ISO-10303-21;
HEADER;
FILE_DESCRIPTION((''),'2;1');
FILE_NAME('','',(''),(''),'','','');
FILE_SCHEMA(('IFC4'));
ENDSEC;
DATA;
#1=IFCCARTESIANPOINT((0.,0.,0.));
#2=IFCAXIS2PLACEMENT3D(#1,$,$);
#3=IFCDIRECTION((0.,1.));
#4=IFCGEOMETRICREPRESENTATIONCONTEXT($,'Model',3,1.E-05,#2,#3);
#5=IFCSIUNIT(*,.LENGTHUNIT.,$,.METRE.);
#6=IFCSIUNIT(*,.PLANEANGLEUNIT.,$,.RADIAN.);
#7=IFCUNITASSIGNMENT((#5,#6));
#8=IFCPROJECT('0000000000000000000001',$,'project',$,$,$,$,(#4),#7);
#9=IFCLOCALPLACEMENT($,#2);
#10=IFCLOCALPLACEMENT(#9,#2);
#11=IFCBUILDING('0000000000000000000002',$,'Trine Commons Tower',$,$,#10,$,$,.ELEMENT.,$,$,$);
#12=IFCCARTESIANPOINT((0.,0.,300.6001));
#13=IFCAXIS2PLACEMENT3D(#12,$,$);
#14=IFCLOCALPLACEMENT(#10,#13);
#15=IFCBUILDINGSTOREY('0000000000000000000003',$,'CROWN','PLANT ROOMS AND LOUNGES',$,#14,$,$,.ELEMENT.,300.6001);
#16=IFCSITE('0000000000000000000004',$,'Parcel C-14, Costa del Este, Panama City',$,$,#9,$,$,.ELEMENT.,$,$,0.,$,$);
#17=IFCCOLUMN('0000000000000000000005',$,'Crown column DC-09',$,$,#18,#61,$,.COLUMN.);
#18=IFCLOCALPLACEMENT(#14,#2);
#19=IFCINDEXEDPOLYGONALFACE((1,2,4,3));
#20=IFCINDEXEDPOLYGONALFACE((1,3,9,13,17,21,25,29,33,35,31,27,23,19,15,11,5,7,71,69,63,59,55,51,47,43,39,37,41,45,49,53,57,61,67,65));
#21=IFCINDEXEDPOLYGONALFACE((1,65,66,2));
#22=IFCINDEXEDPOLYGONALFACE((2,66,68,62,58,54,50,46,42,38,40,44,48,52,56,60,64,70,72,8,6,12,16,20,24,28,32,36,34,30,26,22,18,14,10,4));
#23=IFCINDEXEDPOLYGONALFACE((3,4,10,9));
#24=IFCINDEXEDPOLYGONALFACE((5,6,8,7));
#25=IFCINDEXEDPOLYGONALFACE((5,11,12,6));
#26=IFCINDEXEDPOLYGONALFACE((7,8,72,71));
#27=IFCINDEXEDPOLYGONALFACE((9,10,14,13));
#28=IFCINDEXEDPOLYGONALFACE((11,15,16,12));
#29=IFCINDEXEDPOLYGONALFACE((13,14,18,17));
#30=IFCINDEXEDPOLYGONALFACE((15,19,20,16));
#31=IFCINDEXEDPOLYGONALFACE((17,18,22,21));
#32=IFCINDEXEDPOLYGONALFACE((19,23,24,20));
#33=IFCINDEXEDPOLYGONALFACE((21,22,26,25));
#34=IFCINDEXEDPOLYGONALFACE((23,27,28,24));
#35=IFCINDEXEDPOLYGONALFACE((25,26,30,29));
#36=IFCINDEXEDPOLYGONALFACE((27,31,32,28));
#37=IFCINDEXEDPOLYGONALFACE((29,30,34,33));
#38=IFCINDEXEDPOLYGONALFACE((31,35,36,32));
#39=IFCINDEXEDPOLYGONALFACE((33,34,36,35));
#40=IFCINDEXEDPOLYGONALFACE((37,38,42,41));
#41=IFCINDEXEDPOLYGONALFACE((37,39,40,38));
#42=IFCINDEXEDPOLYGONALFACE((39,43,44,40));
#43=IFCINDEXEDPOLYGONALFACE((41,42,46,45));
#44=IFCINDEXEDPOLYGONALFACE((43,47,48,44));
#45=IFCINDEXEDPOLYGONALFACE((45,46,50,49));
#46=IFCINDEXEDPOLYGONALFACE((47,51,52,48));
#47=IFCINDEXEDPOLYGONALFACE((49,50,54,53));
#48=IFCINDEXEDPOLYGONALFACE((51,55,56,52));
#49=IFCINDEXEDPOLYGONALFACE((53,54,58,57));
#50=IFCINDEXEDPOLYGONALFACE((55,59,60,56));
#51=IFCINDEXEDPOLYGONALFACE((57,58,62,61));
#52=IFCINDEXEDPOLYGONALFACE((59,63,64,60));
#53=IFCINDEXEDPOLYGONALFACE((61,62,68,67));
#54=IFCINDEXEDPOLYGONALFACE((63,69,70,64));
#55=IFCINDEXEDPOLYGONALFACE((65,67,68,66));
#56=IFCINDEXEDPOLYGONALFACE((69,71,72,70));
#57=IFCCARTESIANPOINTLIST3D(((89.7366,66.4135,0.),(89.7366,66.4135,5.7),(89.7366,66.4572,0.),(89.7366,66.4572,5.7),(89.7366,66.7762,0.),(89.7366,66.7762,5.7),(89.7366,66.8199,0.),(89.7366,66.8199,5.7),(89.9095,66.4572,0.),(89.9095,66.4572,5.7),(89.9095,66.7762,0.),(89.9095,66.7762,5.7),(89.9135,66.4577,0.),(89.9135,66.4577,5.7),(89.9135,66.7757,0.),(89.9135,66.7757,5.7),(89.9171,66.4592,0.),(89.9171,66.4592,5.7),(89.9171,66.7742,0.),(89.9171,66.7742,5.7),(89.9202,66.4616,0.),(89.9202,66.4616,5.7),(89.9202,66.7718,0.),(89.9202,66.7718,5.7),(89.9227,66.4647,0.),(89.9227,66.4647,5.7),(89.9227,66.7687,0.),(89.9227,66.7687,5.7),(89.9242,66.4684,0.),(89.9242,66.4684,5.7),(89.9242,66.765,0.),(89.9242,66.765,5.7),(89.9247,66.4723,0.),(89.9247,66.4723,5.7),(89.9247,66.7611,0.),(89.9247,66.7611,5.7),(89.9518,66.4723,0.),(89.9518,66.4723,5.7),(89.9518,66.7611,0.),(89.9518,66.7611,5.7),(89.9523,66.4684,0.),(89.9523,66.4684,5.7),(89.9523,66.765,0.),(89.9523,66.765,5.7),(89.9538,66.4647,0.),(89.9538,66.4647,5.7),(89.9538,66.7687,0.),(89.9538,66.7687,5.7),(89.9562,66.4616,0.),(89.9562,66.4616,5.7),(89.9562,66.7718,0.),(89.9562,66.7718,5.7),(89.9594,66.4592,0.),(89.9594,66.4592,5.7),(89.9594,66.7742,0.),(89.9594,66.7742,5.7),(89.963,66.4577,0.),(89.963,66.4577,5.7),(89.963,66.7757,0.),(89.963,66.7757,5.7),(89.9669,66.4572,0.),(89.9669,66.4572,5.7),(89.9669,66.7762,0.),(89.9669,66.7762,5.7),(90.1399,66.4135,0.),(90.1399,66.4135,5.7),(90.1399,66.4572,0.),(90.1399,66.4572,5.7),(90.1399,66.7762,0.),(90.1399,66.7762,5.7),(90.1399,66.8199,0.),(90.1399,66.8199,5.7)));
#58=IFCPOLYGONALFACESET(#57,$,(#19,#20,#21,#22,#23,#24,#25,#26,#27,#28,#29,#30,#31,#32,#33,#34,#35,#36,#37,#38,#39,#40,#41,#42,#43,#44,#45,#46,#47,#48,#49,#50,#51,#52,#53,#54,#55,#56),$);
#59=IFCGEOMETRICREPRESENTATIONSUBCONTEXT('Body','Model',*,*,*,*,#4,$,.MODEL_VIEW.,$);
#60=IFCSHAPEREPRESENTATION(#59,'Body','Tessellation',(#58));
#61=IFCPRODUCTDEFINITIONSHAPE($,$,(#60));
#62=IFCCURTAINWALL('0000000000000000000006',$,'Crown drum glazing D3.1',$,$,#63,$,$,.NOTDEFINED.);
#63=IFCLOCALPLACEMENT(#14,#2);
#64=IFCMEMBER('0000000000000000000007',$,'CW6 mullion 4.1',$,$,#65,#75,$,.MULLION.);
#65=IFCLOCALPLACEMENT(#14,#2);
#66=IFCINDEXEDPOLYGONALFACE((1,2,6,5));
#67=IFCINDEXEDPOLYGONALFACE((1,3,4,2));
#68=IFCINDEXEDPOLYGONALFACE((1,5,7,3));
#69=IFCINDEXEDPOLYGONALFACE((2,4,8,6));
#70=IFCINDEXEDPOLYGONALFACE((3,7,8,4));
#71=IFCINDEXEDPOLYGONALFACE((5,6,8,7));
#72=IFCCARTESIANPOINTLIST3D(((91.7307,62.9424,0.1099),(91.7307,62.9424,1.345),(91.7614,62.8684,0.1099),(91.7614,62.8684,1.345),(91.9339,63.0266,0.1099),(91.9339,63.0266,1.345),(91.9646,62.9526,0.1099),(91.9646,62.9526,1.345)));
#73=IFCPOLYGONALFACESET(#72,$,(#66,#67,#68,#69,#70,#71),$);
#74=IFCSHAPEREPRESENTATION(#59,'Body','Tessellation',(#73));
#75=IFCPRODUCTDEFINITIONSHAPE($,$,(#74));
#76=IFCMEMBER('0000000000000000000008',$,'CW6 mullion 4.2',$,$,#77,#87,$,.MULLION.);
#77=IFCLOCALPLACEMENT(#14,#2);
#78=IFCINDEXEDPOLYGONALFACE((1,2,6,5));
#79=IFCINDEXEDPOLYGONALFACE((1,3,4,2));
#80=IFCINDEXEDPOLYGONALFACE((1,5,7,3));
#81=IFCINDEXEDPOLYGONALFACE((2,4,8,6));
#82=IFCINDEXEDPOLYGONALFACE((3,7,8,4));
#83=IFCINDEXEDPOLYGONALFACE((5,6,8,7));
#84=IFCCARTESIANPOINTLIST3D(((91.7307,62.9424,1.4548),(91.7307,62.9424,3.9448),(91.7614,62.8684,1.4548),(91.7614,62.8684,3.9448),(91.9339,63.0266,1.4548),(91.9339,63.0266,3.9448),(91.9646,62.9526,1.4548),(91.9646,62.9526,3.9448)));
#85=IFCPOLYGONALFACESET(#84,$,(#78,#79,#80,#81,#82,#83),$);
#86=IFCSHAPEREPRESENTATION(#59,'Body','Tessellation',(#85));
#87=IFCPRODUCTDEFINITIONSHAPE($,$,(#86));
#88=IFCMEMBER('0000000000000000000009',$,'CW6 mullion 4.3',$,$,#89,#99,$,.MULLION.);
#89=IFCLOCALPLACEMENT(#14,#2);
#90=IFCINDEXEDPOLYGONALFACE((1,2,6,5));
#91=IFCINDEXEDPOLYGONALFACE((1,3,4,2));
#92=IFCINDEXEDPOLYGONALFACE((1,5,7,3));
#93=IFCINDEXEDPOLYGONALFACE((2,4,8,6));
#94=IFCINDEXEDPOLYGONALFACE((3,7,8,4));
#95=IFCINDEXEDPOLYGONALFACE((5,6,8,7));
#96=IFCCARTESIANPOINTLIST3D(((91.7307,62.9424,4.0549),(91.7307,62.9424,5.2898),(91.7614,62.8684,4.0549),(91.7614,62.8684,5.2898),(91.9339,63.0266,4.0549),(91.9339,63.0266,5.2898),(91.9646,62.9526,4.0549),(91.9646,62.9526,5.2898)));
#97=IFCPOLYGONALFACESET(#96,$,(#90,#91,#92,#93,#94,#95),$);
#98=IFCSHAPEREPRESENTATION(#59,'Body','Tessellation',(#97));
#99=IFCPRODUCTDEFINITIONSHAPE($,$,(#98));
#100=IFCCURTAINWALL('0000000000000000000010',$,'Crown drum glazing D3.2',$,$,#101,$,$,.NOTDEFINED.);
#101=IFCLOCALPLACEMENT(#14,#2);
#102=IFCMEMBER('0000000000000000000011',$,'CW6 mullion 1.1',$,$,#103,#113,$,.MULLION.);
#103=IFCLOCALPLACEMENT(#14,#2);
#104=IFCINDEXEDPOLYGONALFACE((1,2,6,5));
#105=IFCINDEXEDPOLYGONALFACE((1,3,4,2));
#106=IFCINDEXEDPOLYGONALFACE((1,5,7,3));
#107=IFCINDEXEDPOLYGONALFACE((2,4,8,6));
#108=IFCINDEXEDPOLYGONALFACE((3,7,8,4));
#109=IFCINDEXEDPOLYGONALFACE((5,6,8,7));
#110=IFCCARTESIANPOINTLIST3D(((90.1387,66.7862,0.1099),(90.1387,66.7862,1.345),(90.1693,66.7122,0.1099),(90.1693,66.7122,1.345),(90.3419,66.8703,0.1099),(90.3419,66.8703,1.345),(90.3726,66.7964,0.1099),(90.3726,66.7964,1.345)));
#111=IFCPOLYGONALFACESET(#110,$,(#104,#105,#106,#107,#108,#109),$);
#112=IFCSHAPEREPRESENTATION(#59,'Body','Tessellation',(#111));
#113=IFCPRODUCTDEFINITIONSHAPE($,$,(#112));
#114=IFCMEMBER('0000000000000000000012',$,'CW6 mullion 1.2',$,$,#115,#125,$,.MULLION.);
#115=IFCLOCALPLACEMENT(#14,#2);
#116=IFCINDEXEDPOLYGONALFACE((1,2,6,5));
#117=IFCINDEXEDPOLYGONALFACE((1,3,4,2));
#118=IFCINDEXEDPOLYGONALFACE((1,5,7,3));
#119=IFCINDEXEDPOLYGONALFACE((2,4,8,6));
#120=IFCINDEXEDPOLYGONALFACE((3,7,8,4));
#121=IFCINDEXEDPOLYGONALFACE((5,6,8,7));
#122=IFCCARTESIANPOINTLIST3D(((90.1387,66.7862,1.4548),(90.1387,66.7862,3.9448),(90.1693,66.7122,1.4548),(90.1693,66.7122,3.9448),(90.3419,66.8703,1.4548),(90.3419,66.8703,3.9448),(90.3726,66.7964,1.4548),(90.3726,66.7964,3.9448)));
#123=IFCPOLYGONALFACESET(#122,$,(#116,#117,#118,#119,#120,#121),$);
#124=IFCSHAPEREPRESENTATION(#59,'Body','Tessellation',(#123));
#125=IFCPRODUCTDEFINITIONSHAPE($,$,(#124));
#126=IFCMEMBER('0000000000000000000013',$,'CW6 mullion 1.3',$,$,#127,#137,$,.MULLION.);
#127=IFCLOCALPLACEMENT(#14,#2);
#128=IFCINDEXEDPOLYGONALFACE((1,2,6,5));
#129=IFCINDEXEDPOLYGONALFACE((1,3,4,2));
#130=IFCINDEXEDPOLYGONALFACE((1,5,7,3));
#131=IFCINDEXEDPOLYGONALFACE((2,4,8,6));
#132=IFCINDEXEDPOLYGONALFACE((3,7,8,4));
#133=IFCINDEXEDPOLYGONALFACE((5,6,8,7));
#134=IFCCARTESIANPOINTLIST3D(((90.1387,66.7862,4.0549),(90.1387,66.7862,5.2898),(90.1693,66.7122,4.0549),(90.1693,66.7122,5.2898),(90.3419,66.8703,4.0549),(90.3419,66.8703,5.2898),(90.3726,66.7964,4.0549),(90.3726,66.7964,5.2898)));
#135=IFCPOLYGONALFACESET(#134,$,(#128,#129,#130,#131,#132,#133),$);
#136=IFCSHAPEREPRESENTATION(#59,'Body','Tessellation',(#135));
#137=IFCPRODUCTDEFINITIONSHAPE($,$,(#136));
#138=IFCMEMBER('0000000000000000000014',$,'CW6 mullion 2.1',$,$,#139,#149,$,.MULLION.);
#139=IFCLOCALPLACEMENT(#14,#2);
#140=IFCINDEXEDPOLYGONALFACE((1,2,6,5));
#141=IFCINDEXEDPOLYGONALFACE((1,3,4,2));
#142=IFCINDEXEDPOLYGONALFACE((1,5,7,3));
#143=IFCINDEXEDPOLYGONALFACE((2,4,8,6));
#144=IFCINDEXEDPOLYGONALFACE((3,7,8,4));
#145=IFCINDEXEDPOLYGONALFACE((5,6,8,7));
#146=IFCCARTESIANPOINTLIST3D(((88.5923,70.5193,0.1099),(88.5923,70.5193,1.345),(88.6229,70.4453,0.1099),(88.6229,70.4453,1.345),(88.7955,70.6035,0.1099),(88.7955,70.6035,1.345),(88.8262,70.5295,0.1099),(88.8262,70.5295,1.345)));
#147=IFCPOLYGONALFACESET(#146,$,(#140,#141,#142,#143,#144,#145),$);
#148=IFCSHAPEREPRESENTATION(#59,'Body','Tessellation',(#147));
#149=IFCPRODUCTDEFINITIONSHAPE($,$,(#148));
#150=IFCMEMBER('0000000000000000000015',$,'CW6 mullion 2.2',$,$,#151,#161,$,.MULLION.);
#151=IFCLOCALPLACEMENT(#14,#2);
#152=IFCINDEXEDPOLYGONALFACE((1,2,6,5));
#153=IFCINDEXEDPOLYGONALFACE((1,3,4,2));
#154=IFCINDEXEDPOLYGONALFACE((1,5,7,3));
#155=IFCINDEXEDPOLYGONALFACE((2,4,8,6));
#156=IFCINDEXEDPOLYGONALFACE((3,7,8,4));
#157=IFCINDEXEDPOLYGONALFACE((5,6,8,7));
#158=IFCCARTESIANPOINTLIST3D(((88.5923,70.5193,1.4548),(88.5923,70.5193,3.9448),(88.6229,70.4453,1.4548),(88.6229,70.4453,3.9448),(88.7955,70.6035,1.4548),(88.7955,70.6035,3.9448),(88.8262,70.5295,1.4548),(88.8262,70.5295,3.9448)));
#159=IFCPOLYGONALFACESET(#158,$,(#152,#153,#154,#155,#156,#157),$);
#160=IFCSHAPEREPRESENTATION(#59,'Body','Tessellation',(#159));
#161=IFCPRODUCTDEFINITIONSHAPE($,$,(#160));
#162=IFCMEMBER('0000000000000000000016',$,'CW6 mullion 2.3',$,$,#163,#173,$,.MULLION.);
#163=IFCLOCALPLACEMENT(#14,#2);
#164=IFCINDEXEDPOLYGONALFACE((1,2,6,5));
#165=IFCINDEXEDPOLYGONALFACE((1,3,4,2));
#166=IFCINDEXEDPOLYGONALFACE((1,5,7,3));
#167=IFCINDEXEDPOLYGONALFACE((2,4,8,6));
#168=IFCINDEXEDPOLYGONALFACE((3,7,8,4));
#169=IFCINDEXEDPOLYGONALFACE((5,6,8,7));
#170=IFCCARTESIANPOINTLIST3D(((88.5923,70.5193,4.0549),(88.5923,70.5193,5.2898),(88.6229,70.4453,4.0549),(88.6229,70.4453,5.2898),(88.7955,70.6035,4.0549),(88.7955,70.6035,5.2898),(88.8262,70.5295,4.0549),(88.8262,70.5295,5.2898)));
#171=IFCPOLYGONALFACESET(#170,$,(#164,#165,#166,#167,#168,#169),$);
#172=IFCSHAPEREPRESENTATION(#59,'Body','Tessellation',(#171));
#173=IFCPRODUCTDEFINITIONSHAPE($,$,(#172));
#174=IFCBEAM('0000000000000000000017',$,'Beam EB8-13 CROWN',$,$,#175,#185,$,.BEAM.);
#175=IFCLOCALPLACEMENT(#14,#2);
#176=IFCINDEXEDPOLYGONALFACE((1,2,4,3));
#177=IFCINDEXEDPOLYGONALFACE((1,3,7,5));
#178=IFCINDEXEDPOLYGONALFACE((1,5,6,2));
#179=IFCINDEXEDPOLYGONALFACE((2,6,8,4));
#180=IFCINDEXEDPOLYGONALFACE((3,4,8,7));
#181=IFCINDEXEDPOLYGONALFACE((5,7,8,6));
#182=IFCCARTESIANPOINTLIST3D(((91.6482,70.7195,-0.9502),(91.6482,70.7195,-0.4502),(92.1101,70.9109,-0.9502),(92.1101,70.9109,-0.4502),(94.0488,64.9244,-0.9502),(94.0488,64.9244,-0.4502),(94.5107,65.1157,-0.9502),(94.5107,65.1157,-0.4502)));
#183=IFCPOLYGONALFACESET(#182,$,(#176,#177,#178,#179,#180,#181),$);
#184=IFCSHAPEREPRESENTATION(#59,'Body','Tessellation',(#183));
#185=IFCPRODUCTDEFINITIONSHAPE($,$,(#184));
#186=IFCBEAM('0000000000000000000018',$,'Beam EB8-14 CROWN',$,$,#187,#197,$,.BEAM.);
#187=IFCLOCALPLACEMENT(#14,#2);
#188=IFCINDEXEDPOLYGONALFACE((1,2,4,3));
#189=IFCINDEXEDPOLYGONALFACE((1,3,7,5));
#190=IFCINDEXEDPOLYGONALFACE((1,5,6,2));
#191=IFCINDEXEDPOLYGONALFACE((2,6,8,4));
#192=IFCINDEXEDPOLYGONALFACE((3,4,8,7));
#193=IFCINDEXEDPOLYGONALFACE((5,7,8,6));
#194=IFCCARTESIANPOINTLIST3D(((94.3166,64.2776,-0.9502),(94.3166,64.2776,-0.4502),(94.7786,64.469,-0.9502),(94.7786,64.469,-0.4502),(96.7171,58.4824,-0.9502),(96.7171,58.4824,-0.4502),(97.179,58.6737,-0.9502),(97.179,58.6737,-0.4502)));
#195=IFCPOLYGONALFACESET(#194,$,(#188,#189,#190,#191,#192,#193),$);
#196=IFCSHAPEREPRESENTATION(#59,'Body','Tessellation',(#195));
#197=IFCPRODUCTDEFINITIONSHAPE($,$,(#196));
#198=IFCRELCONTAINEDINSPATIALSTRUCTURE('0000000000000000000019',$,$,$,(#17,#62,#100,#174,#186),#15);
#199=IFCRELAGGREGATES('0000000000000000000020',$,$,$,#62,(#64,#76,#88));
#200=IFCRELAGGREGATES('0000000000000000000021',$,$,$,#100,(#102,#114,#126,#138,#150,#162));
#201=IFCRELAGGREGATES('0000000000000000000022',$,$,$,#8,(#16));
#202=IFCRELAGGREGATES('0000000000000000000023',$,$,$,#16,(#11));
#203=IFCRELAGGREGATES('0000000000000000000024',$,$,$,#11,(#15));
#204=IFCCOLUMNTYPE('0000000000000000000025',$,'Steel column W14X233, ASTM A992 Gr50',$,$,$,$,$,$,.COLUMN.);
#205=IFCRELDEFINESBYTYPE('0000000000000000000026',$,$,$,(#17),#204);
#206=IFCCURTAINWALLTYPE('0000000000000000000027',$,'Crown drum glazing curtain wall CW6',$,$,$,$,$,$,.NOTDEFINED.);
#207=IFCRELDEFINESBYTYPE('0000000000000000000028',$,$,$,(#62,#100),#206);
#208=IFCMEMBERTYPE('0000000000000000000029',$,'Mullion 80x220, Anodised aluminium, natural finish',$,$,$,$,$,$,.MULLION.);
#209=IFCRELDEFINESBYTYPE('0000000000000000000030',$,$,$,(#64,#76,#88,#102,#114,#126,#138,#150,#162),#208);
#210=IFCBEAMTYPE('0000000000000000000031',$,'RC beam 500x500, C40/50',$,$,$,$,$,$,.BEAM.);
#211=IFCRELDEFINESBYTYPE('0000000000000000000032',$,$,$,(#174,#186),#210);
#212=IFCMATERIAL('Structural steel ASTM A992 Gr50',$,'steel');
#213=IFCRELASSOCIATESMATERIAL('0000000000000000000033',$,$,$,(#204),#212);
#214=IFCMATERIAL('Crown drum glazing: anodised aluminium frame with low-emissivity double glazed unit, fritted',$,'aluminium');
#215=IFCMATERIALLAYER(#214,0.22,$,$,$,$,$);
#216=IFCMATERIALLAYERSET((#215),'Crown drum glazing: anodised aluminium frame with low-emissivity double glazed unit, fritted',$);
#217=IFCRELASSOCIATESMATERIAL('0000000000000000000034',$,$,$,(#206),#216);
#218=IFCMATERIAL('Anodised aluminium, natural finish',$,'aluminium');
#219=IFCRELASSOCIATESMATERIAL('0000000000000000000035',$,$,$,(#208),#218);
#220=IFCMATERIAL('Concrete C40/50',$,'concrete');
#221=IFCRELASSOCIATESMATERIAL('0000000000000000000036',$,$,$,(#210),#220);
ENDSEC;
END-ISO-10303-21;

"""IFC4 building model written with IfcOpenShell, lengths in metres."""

from ifc_helpers import new_model, si_unit, direction, frame, origin, origin_2d, place, context, subcontext, project, spatial, rectangle, i_section, extrude, material, layer, layer_set, material_profile, profile_set, type_object, element, aggregate, save


model = new_model("IFC4")

# Units and contexts
model_context = context("Model", 3, precision=1e-05, world=origin(), true_north=direction((0.0, 1.0)))
body_context = subcontext(model_context, "Body", "Model", "MODEL_VIEW")
ifc_project = project(units=[si_unit("LENGTHUNIT", "METRE"), si_unit("PLANEANGLEUNIT", "RADIAN")], contexts=[model_context])

# Site, building, storey
site_placement = place(None, origin())
site = spatial("IfcSite", under=ifc_project, at=site_placement, Name="Parcel C-14, Costa del Este, Panama City", CompositionType="ELEMENT", RefElevation=0.0)
building_placement = place(site_placement, origin())
building = spatial("IfcBuilding", under=site, at=building_placement, Name="Trine Commons Tower", CompositionType="ELEMENT")
storey_placement = place(building_placement, frame((0.0, 0.0, 300.6001)))
storey = spatial("IfcBuildingStorey", under=building, at=storey_placement, Name="CROWN", Description="PLANT ROOMS AND LOUNGES", CompositionType="ELEMENT", Elevation=300.6001)

# Column
ifc_material_1 = material(Name="Structural steel ASTM A992 Gr50", Category="steel")
ifc_material_profile_1 = material_profile(ifc_material_1, i_section(OverallWidth=0.4033, OverallDepth=0.4065, WebThickness=0.0271, FlangeThickness=0.0437, FilletRadius=0.0151, at=origin_2d()), Name="W14X233")
ifc_profile_set_1 = profile_set([ifc_material_profile_1], Name="Structural steel ASTM A992 Gr50")
column_type = type_object("IfcColumnType", Name="Steel column W14X233, ASTM A992 Gr50", PredefinedType="COLUMN", material=ifc_profile_set_1)
column_placement = place(storey_placement, frame((89.9382, 66.6167, 0.0), z_axis=(0.0, 0.0, 1.0), x_axis=(1.0, 0.0, 0.0)))
element("IfcColumn", 1, at=column_placement, inside=storey, type_object=column_type, Name="Crown column DC-09", PredefinedType="COLUMN", context=body_context, shape_type="SweptSolid", body=[
    extrude(i_section(OverallWidth=0.4033, OverallDepth=0.4065, WebThickness=0.0271, FlangeThickness=0.0437, FilletRadius=0.0151, at=origin_2d()), origin(), (0.0, 0.0, 1.0), 5.7),
])

# Curtain walls, members
ifc_material_2 = material(Name="Crown drum glazing: anodised aluminium frame with low-emissivity double glazed unit, fritted", Category="aluminium")
ifc_layer_1 = layer(ifc_material_2, 0.22)
ifc_layer_set_1 = layer_set([ifc_layer_1], Name="Crown drum glazing: anodised aluminium frame with low-emissivity double glazed unit, fritted")
curtain_wall_type = type_object("IfcCurtainWallType", Name="Crown drum glazing curtain wall CW6", PredefinedType="NOTDEFINED", material=ifc_layer_set_1)
curtain_wall_1_placement = place(storey_placement, origin())
curtain_wall_1 = element("IfcCurtainWall", 2, at=curtain_wall_1_placement, inside=storey, type_object=curtain_wall_type, Name="Crown drum glazing D3.1", PredefinedType="NOTDEFINED")
ifc_material_3 = material(Name="Anodised aluminium, natural finish", Category="aluminium")
ifc_material_profile_2 = material_profile(ifc_material_3, rectangle(XDim=0.22, YDim=0.0801, at=origin_2d()), Name="Mullion 80x220")
ifc_profile_set_2 = profile_set([ifc_material_profile_2], Name="Anodised aluminium, natural finish")
member_type_1 = type_object("IfcMemberType", Name="Mullion 80x220, Anodised aluminium, natural finish", PredefinedType="MULLION", material=ifc_profile_set_2)
member_1_placement = place(storey_placement, frame((91.8477, 62.9475, 0.1099), z_axis=(0.0, 0.0, 1.0), x_axis=(-0.92388, -0.382683, 0.0)))
member_1 = element("IfcMember", 3, at=member_1_placement, type_object=member_type_1, Name="CW6 mullion 4.1", PredefinedType="MULLION", context=body_context, shape_type="SweptSolid", body=[
    extrude(rectangle(XDim=0.22, YDim=0.0801, at=origin_2d()), origin(), (0.0, 0.0, 1.0), 1.2351),
])
member_2_placement = place(storey_placement, frame((91.8477, 62.9475, 1.4548), z_axis=(0.0, 0.0, 1.0), x_axis=(-0.92388, -0.382683, 0.0)))
member_2 = element("IfcMember", 4, at=member_2_placement, type_object=member_type_1, Name="CW6 mullion 4.2", PredefinedType="MULLION", context=body_context, shape_type="SweptSolid", body=[
    extrude(rectangle(XDim=0.22, YDim=0.0801, at=origin_2d()), origin(), (0.0, 0.0, 1.0), 2.49),
])
member_3_placement = place(storey_placement, frame((91.8477, 62.9475, 4.0549), z_axis=(0.0, 0.0, 1.0), x_axis=(-0.92388, -0.382683, 0.0)))
member_3 = element("IfcMember", 5, at=member_3_placement, type_object=member_type_1, Name="CW6 mullion 4.3", PredefinedType="MULLION", context=body_context, shape_type="SweptSolid", body=[
    extrude(rectangle(XDim=0.22, YDim=0.0801, at=origin_2d()), origin(), (0.0, 0.0, 1.0), 1.2349),
])
aggregate(curtain_wall_1, [member_1, member_2, member_3])
curtain_wall_2_placement = place(storey_placement, origin())
curtain_wall_2 = element("IfcCurtainWall", 6, at=curtain_wall_2_placement, inside=storey, type_object=curtain_wall_type, Name="Crown drum glazing D3.2", PredefinedType="NOTDEFINED")
member_4_placement = place(storey_placement, frame((90.2556, 66.7913, 0.1099), z_axis=(0.0, 0.0, 1.0), x_axis=(-0.92388, -0.382683, 0.0)))
member_4 = element("IfcMember", 7, at=member_4_placement, type_object=member_type_1, Name="CW6 mullion 1.1", PredefinedType="MULLION", context=body_context, shape_type="SweptSolid", body=[
    extrude(rectangle(XDim=0.22, YDim=0.0801, at=origin_2d()), origin(), (0.0, 0.0, 1.0), 1.2351),
])
member_5_placement = place(storey_placement, frame((90.2556, 66.7913, 1.4548), z_axis=(0.0, 0.0, 1.0), x_axis=(-0.92388, -0.382683, 0.0)))
member_5 = element("IfcMember", 8, at=member_5_placement, type_object=member_type_1, Name="CW6 mullion 1.2", PredefinedType="MULLION", context=body_context, shape_type="SweptSolid", body=[
    extrude(rectangle(XDim=0.22, YDim=0.0801, at=origin_2d()), origin(), (0.0, 0.0, 1.0), 2.49),
])
member_6_placement = place(storey_placement, frame((90.2556, 66.7913, 4.0549), z_axis=(0.0, 0.0, 1.0), x_axis=(-0.92388, -0.382683, 0.0)))
member_6 = element("IfcMember", 9, at=member_6_placement, type_object=member_type_1, Name="CW6 mullion 1.3", PredefinedType="MULLION", context=body_context, shape_type="SweptSolid", body=[
    extrude(rectangle(XDim=0.22, YDim=0.0801, at=origin_2d()), origin(), (0.0, 0.0, 1.0), 1.2349),
])
member_7_placement = place(storey_placement, frame((88.7092, 70.5244, 0.1099), z_axis=(0.0, 0.0, 1.0), x_axis=(-0.92388, -0.382683, 0.0)))
member_7 = element("IfcMember", 10, at=member_7_placement, type_object=member_type_1, Name="CW6 mullion 2.1", PredefinedType="MULLION", context=body_context, shape_type="SweptSolid", body=[
    extrude(rectangle(XDim=0.22, YDim=0.0801, at=origin_2d()), origin(), (0.0, 0.0, 1.0), 1.2351),
])
member_8_placement = place(storey_placement, frame((88.7092, 70.5244, 1.4548), z_axis=(0.0, 0.0, 1.0), x_axis=(-0.92388, -0.382683, 0.0)))
member_8 = element("IfcMember", 11, at=member_8_placement, type_object=member_type_1, Name="CW6 mullion 2.2", PredefinedType="MULLION", context=body_context, shape_type="SweptSolid", body=[
    extrude(rectangle(XDim=0.22, YDim=0.0801, at=origin_2d()), origin(), (0.0, 0.0, 1.0), 2.49),
])
member_9_placement = place(storey_placement, frame((88.7092, 70.5244, 4.0549), z_axis=(0.0, 0.0, 1.0), x_axis=(-0.92388, -0.382683, 0.0)))
member_9 = element("IfcMember", 12, at=member_9_placement, type_object=member_type_1, Name="CW6 mullion 2.3", PredefinedType="MULLION", context=body_context, shape_type="SweptSolid", body=[
    extrude(rectangle(XDim=0.22, YDim=0.0801, at=origin_2d()), origin(), (0.0, 0.0, 1.0), 1.2349),
])

# Beams
ifc_material_4 = material(Name="Concrete C40/50", Category="concrete")
ifc_material_profile_3 = material_profile(ifc_material_4, rectangle(XDim=0.5, YDim=0.5, at=origin_2d()), Name="RC 500x500")
ifc_profile_set_3 = profile_set([ifc_material_profile_3], Name="Concrete C40/50")
beam_type_1 = type_object("IfcBeamType", Name="RC beam 500x500, C40/50", PredefinedType="BEAM", material=ifc_profile_set_3)
for number, where, z_axis, x_axis, name in (
    (13, (91.8792, 70.8152, -0.7002), (0.38271, -0.923868, 0.0), (0.923868, 0.38271, 0.0), "Beam EB8-13 CROWN"),
    (14, (94.5476, 64.3733, -0.7002), (0.382677, -0.923882, 0.0), (0.923882, 0.382677, 0.0), "Beam EB8-14 CROWN"),
):
    element("IfcBeam", number, at=place(storey_placement, frame(where, z_axis=z_axis, x_axis=x_axis)), inside=storey, type_object=beam_type_1, Name=name, PredefinedType="BEAM", context=body_context, shape_type="SweptSolid", body=[
        extrude(rectangle(XDim=0.5, YDim=0.5, at=origin_2d()), origin(), (0.0, 0.0, 1.0), 6.2727),
    ])

aggregate(curtain_wall_2, [member_4, member_5, member_6, member_7, member_8, member_9])

save(model, "model.ifc")
